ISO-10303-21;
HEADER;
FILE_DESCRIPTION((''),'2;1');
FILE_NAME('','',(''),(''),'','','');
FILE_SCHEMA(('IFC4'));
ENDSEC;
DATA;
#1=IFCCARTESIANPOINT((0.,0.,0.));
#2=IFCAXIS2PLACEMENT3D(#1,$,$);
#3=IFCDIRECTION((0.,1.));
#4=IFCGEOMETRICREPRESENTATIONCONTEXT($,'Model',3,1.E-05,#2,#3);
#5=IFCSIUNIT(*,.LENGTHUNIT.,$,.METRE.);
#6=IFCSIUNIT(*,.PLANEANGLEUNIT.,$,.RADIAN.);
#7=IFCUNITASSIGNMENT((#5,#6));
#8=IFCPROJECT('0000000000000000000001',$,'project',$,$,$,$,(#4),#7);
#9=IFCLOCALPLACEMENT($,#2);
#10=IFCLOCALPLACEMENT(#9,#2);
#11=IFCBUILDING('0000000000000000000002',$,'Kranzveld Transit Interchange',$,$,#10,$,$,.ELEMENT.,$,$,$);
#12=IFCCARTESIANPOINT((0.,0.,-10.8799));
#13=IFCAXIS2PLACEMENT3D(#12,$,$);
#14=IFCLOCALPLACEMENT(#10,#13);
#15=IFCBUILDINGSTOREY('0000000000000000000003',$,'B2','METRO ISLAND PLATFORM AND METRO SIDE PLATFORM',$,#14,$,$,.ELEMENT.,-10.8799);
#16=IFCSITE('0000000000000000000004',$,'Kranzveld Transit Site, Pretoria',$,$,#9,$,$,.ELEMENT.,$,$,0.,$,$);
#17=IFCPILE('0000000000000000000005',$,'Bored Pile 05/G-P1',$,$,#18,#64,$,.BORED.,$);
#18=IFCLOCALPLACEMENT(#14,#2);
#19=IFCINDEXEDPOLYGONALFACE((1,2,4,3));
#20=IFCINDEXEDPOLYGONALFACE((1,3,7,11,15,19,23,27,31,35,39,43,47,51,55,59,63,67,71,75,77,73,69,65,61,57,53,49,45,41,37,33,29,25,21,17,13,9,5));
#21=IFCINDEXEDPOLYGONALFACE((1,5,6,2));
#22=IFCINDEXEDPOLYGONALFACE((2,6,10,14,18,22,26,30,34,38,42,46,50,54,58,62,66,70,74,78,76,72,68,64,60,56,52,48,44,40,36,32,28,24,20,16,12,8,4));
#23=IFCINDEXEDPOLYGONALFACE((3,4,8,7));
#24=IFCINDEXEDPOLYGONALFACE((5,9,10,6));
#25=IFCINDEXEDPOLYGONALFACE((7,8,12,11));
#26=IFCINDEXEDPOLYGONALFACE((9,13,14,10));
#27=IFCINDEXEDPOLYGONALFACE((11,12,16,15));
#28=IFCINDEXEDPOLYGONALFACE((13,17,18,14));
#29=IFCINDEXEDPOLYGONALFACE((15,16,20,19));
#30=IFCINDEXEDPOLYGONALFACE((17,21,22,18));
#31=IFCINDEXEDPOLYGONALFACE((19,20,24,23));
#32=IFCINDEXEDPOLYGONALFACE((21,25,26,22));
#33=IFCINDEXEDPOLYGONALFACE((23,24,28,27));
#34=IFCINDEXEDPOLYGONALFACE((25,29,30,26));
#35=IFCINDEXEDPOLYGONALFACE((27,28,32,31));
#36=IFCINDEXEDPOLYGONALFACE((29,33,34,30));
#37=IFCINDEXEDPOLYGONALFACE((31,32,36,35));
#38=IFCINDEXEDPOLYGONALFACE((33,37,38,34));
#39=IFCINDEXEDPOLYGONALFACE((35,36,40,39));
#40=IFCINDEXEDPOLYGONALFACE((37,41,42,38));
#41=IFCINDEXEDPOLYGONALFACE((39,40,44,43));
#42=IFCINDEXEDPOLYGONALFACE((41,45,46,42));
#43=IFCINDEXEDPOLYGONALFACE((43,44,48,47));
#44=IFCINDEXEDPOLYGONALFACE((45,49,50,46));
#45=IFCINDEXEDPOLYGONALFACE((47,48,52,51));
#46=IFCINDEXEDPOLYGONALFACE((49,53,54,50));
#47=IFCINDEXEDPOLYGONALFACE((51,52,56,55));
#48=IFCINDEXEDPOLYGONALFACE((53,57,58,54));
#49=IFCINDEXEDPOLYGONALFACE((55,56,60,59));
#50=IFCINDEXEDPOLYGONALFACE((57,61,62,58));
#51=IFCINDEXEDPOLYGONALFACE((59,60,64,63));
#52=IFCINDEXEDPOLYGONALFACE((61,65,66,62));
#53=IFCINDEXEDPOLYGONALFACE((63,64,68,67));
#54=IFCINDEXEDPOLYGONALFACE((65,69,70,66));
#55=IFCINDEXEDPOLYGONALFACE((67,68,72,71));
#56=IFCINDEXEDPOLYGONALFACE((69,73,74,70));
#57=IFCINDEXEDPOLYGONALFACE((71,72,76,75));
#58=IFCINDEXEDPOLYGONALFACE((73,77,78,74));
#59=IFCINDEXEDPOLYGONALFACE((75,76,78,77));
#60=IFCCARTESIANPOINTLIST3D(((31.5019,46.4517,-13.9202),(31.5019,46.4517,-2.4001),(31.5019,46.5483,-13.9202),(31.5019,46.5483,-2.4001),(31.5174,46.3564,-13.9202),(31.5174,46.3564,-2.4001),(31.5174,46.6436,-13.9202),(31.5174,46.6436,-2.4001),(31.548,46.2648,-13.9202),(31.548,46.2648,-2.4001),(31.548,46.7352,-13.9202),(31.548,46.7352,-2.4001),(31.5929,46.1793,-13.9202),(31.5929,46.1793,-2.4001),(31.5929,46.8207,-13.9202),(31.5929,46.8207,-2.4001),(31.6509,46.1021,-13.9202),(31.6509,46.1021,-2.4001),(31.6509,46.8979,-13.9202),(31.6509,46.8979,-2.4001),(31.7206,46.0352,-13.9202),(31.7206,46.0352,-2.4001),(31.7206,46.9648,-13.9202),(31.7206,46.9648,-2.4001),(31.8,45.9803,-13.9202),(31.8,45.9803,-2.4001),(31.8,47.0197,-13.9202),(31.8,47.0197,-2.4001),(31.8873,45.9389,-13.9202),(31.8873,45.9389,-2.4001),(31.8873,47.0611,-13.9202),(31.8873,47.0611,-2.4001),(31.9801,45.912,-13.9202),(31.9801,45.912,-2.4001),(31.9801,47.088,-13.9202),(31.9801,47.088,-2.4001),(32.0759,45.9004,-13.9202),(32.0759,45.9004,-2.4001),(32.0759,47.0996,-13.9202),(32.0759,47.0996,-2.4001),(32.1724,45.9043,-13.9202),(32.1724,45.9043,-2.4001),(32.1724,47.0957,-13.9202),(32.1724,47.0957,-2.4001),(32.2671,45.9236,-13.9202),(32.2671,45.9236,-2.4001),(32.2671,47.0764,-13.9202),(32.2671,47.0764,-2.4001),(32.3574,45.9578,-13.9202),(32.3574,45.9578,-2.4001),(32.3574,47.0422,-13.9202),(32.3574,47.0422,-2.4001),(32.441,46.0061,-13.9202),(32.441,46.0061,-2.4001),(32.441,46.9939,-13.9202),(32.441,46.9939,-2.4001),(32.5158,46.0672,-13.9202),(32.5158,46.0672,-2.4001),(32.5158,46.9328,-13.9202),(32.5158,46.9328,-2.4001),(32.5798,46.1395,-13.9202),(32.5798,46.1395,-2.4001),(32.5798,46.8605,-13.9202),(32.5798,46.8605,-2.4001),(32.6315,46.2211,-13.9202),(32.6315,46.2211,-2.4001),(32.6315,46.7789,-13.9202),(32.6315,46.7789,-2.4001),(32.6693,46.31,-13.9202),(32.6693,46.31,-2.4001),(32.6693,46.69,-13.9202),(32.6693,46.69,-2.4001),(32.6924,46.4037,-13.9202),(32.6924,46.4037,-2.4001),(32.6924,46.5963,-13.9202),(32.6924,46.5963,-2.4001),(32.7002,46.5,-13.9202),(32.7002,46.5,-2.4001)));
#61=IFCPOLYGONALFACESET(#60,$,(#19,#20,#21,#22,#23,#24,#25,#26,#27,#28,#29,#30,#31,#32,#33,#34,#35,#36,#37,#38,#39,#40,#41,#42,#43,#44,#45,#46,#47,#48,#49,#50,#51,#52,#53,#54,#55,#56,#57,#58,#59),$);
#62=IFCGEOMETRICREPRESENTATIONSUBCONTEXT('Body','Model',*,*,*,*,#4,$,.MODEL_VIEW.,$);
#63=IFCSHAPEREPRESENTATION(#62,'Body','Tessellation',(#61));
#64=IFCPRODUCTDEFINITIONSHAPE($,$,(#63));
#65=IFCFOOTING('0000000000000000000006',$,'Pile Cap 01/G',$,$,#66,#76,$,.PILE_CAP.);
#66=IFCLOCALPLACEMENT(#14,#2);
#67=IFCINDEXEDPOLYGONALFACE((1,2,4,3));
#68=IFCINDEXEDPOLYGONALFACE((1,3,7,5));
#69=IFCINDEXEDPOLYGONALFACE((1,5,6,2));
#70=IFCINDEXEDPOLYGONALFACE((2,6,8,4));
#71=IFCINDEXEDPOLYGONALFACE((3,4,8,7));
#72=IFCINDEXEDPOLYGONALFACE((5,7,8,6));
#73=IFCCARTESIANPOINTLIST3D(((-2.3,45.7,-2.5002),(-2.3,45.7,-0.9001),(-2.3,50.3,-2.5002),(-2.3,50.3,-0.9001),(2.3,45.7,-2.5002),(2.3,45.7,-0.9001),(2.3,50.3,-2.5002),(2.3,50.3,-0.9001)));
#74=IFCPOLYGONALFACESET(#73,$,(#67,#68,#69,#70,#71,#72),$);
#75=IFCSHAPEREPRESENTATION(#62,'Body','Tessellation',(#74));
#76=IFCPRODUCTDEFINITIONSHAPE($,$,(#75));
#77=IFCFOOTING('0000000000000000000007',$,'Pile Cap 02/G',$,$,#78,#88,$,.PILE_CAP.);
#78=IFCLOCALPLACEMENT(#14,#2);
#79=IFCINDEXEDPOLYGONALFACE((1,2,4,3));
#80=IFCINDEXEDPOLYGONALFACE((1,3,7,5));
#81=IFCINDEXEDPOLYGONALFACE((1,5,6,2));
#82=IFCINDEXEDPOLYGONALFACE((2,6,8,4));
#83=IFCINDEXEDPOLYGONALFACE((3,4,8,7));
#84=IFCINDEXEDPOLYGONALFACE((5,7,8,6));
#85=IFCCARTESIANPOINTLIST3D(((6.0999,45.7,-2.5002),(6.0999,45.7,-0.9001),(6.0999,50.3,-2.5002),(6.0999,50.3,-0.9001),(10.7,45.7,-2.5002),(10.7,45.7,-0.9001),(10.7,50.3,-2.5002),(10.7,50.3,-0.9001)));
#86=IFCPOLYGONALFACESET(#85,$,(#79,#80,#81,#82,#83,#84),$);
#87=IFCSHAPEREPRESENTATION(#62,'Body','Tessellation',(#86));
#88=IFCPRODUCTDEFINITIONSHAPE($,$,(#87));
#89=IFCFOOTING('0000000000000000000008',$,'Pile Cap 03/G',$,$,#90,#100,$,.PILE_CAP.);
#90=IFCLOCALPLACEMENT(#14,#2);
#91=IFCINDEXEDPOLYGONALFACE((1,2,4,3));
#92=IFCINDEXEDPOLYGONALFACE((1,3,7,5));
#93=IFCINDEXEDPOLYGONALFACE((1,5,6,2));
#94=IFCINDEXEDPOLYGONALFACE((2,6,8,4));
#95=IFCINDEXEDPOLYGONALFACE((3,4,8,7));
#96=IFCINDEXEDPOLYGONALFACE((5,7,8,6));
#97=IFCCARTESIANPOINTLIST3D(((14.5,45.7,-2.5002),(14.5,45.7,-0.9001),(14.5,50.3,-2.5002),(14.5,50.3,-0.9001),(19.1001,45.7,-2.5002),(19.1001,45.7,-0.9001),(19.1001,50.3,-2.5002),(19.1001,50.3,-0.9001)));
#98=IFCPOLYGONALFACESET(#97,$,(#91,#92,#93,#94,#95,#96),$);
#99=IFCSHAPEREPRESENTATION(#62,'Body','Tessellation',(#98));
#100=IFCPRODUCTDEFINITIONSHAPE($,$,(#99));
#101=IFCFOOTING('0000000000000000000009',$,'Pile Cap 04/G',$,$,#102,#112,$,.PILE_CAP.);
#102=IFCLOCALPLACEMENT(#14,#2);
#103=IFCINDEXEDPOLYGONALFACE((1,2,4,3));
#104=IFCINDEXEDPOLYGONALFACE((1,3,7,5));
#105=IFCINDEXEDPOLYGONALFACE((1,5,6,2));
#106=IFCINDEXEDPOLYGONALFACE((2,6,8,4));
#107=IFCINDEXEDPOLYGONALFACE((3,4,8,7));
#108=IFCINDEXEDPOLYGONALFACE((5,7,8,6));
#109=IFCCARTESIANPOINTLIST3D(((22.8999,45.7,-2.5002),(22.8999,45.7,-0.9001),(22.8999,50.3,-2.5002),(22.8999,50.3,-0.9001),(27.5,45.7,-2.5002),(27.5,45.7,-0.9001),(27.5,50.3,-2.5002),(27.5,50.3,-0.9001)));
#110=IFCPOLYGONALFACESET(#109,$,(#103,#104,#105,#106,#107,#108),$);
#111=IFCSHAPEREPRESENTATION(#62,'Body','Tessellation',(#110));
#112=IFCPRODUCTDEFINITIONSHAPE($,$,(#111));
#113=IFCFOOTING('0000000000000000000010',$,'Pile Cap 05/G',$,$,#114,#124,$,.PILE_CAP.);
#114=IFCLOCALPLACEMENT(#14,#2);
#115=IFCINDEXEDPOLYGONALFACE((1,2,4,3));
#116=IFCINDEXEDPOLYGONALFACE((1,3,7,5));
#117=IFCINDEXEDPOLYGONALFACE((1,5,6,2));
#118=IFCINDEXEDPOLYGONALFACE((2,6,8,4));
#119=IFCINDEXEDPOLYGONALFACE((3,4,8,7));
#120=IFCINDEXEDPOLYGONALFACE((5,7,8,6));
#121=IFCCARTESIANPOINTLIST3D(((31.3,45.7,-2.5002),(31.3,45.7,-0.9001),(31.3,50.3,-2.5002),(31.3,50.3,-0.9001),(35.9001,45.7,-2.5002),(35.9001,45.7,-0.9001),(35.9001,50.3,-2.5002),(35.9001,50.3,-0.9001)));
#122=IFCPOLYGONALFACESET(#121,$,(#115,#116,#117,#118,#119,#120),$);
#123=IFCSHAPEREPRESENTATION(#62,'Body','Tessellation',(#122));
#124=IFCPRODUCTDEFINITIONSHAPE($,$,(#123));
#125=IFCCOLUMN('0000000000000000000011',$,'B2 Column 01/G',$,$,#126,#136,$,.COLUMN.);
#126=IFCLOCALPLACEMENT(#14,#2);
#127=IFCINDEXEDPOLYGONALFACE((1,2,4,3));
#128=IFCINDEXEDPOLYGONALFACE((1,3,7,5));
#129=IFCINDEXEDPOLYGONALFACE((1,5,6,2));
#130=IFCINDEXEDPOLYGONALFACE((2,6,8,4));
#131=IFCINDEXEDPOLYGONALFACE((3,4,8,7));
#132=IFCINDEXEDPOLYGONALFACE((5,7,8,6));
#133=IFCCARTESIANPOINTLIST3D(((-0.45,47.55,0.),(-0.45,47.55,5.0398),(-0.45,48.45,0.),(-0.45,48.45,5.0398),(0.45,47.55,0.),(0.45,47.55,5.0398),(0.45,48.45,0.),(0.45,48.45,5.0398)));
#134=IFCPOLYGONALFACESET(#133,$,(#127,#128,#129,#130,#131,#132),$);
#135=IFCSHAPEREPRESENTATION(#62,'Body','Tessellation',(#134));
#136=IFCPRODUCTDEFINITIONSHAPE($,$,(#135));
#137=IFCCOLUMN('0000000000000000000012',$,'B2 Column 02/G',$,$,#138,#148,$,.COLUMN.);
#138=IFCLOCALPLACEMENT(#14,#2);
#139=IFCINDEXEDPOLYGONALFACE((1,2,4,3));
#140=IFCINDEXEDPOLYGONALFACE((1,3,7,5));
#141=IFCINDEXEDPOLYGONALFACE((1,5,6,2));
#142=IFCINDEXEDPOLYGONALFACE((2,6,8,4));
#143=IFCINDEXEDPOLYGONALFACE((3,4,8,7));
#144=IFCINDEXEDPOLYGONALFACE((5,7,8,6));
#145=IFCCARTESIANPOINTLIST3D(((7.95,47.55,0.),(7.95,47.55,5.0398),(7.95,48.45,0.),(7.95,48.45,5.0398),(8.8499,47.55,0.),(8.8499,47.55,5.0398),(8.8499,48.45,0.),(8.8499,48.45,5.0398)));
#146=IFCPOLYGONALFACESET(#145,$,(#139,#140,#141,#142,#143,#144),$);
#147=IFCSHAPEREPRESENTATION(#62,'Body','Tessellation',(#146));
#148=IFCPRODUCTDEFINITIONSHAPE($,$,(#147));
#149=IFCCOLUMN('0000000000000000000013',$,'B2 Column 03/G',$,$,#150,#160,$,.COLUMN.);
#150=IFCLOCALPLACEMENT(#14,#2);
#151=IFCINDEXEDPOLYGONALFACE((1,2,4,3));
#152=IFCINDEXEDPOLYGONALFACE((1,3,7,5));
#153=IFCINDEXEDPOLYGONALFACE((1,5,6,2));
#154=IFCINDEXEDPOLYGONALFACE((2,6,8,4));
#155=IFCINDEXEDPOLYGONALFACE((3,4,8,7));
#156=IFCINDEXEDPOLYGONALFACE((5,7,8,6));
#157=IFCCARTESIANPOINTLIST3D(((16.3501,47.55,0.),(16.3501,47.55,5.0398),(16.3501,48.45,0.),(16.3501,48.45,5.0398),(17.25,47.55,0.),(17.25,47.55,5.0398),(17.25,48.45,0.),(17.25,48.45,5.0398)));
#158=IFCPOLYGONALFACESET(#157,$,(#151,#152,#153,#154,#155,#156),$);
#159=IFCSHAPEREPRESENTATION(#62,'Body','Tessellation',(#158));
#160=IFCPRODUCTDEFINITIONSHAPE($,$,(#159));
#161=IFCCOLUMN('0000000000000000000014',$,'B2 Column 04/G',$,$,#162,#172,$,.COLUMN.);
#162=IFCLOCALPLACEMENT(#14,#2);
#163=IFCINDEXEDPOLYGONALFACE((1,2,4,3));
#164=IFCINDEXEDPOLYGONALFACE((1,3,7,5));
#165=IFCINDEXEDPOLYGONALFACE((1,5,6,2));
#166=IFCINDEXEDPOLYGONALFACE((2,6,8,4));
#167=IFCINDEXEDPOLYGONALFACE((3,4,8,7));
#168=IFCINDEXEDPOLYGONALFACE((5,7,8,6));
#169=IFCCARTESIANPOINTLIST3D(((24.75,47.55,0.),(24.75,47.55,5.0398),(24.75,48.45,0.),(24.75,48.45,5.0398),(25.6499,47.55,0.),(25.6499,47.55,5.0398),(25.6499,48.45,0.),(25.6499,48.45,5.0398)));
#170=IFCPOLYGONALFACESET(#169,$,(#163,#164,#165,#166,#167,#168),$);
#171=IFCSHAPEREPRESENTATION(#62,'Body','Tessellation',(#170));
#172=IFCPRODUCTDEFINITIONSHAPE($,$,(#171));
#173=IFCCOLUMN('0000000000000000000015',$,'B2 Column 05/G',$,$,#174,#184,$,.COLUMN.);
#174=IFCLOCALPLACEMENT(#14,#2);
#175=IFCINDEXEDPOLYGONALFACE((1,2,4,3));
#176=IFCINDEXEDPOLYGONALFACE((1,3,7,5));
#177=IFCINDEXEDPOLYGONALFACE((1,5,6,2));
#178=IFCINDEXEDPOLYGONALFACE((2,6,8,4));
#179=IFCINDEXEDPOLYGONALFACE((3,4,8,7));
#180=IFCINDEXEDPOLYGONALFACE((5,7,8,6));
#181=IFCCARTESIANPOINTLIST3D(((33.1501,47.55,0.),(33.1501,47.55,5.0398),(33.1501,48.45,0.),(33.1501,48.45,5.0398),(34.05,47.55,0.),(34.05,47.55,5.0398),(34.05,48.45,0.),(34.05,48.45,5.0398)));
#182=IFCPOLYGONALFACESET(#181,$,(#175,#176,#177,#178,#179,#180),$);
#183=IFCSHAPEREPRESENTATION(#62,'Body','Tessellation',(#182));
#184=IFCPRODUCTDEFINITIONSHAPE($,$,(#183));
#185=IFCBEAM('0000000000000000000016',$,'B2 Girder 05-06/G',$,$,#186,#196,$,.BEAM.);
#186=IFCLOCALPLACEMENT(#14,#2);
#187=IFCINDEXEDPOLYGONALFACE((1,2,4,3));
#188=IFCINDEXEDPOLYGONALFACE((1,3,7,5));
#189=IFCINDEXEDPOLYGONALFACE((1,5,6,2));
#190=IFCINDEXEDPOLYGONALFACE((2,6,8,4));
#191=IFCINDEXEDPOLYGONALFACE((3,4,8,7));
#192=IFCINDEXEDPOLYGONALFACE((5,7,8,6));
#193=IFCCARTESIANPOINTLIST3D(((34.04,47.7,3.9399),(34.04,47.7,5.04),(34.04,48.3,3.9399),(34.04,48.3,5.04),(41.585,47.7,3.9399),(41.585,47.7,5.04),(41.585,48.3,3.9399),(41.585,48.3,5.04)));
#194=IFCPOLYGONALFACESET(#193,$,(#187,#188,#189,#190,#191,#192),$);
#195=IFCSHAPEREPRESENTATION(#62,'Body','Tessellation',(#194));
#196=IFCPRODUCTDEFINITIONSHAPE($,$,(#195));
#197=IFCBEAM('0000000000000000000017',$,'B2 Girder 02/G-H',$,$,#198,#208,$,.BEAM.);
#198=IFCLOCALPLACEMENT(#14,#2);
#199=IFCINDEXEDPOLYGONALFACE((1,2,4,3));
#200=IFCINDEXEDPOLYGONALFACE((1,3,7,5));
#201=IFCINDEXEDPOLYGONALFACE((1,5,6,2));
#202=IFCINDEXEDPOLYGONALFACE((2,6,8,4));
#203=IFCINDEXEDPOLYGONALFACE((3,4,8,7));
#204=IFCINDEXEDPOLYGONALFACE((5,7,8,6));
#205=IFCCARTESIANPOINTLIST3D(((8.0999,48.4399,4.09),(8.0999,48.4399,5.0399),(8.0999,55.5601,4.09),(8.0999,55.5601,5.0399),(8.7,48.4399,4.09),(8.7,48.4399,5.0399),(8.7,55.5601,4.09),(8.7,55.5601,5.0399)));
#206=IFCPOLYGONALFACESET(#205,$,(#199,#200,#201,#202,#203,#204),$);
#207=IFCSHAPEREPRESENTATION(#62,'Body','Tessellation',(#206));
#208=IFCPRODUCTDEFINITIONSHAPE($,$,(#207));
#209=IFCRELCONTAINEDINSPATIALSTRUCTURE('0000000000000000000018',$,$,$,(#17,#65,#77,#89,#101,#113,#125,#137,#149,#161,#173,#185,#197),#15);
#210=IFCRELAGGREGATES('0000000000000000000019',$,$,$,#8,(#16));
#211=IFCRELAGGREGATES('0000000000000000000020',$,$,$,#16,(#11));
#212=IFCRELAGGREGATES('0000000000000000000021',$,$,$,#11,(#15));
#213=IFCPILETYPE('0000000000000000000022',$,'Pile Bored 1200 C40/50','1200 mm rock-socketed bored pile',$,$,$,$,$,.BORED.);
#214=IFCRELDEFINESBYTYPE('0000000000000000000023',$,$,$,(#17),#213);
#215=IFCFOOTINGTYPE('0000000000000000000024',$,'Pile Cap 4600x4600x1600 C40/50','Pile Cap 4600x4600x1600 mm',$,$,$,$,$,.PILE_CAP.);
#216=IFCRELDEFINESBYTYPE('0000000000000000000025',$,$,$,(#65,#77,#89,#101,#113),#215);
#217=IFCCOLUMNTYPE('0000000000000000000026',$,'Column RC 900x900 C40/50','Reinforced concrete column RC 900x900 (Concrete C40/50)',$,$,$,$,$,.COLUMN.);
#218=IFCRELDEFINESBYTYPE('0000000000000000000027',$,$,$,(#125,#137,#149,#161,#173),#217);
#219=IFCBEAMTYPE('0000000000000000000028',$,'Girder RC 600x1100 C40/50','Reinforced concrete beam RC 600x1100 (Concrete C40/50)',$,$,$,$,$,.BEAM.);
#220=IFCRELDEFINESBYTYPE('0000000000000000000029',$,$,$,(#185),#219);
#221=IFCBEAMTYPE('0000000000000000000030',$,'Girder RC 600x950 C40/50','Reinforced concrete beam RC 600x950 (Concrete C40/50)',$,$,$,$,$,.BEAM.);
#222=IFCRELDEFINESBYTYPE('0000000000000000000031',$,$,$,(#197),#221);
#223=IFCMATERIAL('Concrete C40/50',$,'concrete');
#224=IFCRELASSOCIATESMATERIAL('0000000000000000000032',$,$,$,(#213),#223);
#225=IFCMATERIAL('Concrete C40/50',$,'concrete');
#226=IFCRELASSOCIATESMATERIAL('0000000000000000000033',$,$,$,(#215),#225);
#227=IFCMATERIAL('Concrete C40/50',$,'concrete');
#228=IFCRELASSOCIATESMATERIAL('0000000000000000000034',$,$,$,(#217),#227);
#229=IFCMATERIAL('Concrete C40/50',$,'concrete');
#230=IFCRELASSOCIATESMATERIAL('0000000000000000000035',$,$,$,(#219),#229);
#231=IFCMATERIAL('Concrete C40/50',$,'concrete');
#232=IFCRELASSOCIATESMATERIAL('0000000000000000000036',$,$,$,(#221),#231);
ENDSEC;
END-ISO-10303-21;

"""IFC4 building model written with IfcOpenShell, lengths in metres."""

from ifc_helpers import new_model, si_unit, direction, frame, origin, origin_2d, place, context, subcontext, project, spatial, rectangle, circle, extrude, material, material_profile, profile_set, type_object, element, save


model = new_model("IFC4")

# Units and contexts
model_context = context("Model", 3, precision=1e-05, world=origin(), true_north=direction((0.0, 1.0)))
body_context = subcontext(model_context, "Body", "Model", "MODEL_VIEW")
ifc_project = project(units=[si_unit("LENGTHUNIT", "METRE"), si_unit("PLANEANGLEUNIT", "RADIAN")], contexts=[model_context])

# Site, building, storey
site_placement = place(None, origin())
site = spatial("IfcSite", under=ifc_project, at=site_placement, Name="Kranzveld Transit Site, Pretoria", CompositionType="ELEMENT", RefElevation=0.0)
building_placement = place(site_placement, origin())
building = spatial("IfcBuilding", under=site, at=building_placement, Name="Kranzveld Transit Interchange", CompositionType="ELEMENT")
storey_placement = place(building_placement, frame((0.0, 0.0, -10.8799)))
storey = spatial("IfcBuildingStorey", under=building, at=storey_placement, Name="B2", Description="METRO ISLAND PLATFORM AND METRO SIDE PLATFORM", CompositionType="ELEMENT", Elevation=-10.8799)

# Pile
ifc_material_1 = material(Name="Concrete C40/50", Category="concrete")
ifc_material_profile_1 = material_profile(ifc_material_1, circle(Radius=0.6001, at=origin_2d()), Name="BORED PILE 1200")
ifc_profile_set_1 = profile_set([ifc_material_profile_1], Name="Concrete C40/50")
pile_type = type_object("IfcPileType", Name="Pile Bored 1200 C40/50", Description="1200 mm rock-socketed bored pile", PredefinedType="BORED", material=ifc_profile_set_1)
for number, where, z_axis, x_axis, name in (
    (1, (32.1001, 46.5, -2.4001), (0.0, 0.0, -1.0), (1.0, 0.0, 0.0), "Bored Pile 05/G-P1"),
):
    element("IfcPile", number, at=place(storey_placement, frame(where, z_axis=z_axis, x_axis=x_axis)), inside=storey, type_object=pile_type, Name=name, PredefinedType="BORED", context=body_context, shape_type="SweptSolid", body=[
        extrude(circle(Radius=0.6001, at=origin_2d()), origin(), (0.0, 0.0, 1.0), 11.52),
    ])

# Footings
ifc_material_2 = material(Name="Concrete C40/50", Category="concrete")
footing_type = type_object("IfcFootingType", Name="Pile Cap 4600x4600x1600 C40/50", Description="Pile Cap 4600x4600x1600 mm", PredefinedType="PILE_CAP", material=ifc_material_2)
for number, where, z_axis, x_axis, name in (
    (2, (0.0, 48.0, -2.5002), (0.0, 0.0, 1.0), (1.0, 0.0, 0.0), "Pile Cap 01/G"),
    (3, (8.3999, 48.0, -2.5002), (0.0, 0.0, 1.0), (1.0, 0.0, 0.0), "Pile Cap 02/G"),
    (4, (16.8, 48.0, -2.5002), (0.0, 0.0, 1.0), (1.0, 0.0, 0.0), "Pile Cap 03/G"),
    (5, (25.2, 48.0, -2.5002), (0.0, 0.0, 1.0), (1.0, 0.0, 0.0), "Pile Cap 04/G"),
    (6, (33.6001, 48.0, -2.5002), (0.0, 0.0, 1.0), (1.0, 0.0, 0.0), "Pile Cap 05/G"),
):
    element("IfcFooting", number, at=place(storey_placement, frame(where, z_axis=z_axis, x_axis=x_axis)), inside=storey, type_object=footing_type, Name=name, PredefinedType="PILE_CAP", context=body_context, shape_type="SweptSolid", body=[
        extrude(rectangle(XDim=4.6001, YDim=4.6001, at=origin_2d()), origin(), (0.0, 0.0, 1.0), 1.6001),
    ])

# Columns
ifc_material_3 = material(Name="Concrete C40/50", Category="concrete")
ifc_material_profile_2 = material_profile(ifc_material_3, rectangle(XDim=0.8999, YDim=0.8999, at=origin_2d()), Name="RC 900x900")
ifc_profile_set_2 = profile_set([ifc_material_profile_2], Name="Concrete C40/50")
column_type = type_object("IfcColumnType", Name="Column RC 900x900 C40/50", Description="Reinforced concrete column RC 900x900 (Concrete C40/50)", PredefinedType="COLUMN", material=ifc_profile_set_2)
for number, where, z_axis, x_axis, name in (
    (7, (0.0, 48.0, 0.0), (0.0, 0.0, 1.0), (1.0, 0.0, 0.0), "B2 Column 01/G"),
    (8, (8.3999, 48.0, 0.0), (0.0, 0.0, 1.0), (1.0, 0.0, 0.0), "B2 Column 02/G"),
    (9, (16.8, 48.0, 0.0), (0.0, 0.0, 1.0), (1.0, 0.0, 0.0), "B2 Column 03/G"),
    (10, (25.2, 48.0, 0.0), (0.0, 0.0, 1.0), (1.0, 0.0, 0.0), "B2 Column 04/G"),
    (11, (33.6001, 48.0, 0.0), (0.0, 0.0, 1.0), (1.0, 0.0, 0.0), "B2 Column 05/G"),
):
    element("IfcColumn", number, at=place(storey_placement, frame(where, z_axis=z_axis, x_axis=x_axis)), inside=storey, type_object=column_type, Name=name, PredefinedType="COLUMN", context=body_context, shape_type="SweptSolid", body=[
        extrude(rectangle(XDim=0.8999, YDim=0.8999, at=origin_2d()), origin(), (0.0, 0.0, 1.0), 5.0398),
    ])

# Beams
ifc_material_4 = material(Name="Concrete C40/50", Category="concrete")
ifc_material_profile_3 = material_profile(ifc_material_4, rectangle(XDim=0.6001, YDim=1.1001, at=origin_2d()), Name="RC 600x1100")
ifc_profile_set_3 = profile_set([ifc_material_profile_3], Name="Concrete C40/50")
beam_type_1 = type_object("IfcBeamType", Name="Girder RC 600x1100 C40/50", Description="Reinforced concrete beam RC 600x1100 (Concrete C40/50)", PredefinedType="BEAM", material=ifc_profile_set_3)
beam_placement = place(storey_placement, frame((34.04, 48.0, 4.49), z_axis=(1.0, 0.0, 0.0), x_axis=(0.0, 1.0, 0.0)))
element("IfcBeam", 12, at=beam_placement, inside=storey, type_object=beam_type_1, Name="B2 Girder 05-06/G", PredefinedType="BEAM", context=body_context, shape_type="SweptSolid", body=[
    extrude(rectangle(XDim=0.6001, YDim=1.1001, at=origin_2d()), origin(), (0.0, 0.0, 1.0), 7.5449),
])
ifc_material_5 = material(Name="Concrete C40/50", Category="concrete")
ifc_material_profile_4 = material_profile(ifc_material_5, rectangle(XDim=0.6001, YDim=0.95, at=origin_2d()), Name="RC 600x950")
ifc_profile_set_4 = profile_set([ifc_material_profile_4], Name="Concrete C40/50")
beam_type_2 = type_object("IfcBeamType", Name="Girder RC 600x950 C40/50", Description="Reinforced concrete beam RC 600x950 (Concrete C40/50)", PredefinedType="BEAM", material=ifc_profile_set_4)
for number, where, z_axis, x_axis, name in (
    (13, (8.3999, 48.4399, 4.5649), (0.0, 1.0, 0.0), (-1.0, 0.0, 0.0), "B2 Girder 02/G-H"),
):
    element("IfcBeam", number, at=place(storey_placement, frame(where, z_axis=z_axis, x_axis=x_axis)), inside=storey, type_object=beam_type_2, Name=name, PredefinedType="BEAM", context=body_context, shape_type="SweptSolid", body=[
        extrude(rectangle(XDim=0.6001, YDim=0.95, at=origin_2d()), origin(), (0.0, 0.0, 1.0), 7.1201),
    ])

save(model, "model.ifc")
